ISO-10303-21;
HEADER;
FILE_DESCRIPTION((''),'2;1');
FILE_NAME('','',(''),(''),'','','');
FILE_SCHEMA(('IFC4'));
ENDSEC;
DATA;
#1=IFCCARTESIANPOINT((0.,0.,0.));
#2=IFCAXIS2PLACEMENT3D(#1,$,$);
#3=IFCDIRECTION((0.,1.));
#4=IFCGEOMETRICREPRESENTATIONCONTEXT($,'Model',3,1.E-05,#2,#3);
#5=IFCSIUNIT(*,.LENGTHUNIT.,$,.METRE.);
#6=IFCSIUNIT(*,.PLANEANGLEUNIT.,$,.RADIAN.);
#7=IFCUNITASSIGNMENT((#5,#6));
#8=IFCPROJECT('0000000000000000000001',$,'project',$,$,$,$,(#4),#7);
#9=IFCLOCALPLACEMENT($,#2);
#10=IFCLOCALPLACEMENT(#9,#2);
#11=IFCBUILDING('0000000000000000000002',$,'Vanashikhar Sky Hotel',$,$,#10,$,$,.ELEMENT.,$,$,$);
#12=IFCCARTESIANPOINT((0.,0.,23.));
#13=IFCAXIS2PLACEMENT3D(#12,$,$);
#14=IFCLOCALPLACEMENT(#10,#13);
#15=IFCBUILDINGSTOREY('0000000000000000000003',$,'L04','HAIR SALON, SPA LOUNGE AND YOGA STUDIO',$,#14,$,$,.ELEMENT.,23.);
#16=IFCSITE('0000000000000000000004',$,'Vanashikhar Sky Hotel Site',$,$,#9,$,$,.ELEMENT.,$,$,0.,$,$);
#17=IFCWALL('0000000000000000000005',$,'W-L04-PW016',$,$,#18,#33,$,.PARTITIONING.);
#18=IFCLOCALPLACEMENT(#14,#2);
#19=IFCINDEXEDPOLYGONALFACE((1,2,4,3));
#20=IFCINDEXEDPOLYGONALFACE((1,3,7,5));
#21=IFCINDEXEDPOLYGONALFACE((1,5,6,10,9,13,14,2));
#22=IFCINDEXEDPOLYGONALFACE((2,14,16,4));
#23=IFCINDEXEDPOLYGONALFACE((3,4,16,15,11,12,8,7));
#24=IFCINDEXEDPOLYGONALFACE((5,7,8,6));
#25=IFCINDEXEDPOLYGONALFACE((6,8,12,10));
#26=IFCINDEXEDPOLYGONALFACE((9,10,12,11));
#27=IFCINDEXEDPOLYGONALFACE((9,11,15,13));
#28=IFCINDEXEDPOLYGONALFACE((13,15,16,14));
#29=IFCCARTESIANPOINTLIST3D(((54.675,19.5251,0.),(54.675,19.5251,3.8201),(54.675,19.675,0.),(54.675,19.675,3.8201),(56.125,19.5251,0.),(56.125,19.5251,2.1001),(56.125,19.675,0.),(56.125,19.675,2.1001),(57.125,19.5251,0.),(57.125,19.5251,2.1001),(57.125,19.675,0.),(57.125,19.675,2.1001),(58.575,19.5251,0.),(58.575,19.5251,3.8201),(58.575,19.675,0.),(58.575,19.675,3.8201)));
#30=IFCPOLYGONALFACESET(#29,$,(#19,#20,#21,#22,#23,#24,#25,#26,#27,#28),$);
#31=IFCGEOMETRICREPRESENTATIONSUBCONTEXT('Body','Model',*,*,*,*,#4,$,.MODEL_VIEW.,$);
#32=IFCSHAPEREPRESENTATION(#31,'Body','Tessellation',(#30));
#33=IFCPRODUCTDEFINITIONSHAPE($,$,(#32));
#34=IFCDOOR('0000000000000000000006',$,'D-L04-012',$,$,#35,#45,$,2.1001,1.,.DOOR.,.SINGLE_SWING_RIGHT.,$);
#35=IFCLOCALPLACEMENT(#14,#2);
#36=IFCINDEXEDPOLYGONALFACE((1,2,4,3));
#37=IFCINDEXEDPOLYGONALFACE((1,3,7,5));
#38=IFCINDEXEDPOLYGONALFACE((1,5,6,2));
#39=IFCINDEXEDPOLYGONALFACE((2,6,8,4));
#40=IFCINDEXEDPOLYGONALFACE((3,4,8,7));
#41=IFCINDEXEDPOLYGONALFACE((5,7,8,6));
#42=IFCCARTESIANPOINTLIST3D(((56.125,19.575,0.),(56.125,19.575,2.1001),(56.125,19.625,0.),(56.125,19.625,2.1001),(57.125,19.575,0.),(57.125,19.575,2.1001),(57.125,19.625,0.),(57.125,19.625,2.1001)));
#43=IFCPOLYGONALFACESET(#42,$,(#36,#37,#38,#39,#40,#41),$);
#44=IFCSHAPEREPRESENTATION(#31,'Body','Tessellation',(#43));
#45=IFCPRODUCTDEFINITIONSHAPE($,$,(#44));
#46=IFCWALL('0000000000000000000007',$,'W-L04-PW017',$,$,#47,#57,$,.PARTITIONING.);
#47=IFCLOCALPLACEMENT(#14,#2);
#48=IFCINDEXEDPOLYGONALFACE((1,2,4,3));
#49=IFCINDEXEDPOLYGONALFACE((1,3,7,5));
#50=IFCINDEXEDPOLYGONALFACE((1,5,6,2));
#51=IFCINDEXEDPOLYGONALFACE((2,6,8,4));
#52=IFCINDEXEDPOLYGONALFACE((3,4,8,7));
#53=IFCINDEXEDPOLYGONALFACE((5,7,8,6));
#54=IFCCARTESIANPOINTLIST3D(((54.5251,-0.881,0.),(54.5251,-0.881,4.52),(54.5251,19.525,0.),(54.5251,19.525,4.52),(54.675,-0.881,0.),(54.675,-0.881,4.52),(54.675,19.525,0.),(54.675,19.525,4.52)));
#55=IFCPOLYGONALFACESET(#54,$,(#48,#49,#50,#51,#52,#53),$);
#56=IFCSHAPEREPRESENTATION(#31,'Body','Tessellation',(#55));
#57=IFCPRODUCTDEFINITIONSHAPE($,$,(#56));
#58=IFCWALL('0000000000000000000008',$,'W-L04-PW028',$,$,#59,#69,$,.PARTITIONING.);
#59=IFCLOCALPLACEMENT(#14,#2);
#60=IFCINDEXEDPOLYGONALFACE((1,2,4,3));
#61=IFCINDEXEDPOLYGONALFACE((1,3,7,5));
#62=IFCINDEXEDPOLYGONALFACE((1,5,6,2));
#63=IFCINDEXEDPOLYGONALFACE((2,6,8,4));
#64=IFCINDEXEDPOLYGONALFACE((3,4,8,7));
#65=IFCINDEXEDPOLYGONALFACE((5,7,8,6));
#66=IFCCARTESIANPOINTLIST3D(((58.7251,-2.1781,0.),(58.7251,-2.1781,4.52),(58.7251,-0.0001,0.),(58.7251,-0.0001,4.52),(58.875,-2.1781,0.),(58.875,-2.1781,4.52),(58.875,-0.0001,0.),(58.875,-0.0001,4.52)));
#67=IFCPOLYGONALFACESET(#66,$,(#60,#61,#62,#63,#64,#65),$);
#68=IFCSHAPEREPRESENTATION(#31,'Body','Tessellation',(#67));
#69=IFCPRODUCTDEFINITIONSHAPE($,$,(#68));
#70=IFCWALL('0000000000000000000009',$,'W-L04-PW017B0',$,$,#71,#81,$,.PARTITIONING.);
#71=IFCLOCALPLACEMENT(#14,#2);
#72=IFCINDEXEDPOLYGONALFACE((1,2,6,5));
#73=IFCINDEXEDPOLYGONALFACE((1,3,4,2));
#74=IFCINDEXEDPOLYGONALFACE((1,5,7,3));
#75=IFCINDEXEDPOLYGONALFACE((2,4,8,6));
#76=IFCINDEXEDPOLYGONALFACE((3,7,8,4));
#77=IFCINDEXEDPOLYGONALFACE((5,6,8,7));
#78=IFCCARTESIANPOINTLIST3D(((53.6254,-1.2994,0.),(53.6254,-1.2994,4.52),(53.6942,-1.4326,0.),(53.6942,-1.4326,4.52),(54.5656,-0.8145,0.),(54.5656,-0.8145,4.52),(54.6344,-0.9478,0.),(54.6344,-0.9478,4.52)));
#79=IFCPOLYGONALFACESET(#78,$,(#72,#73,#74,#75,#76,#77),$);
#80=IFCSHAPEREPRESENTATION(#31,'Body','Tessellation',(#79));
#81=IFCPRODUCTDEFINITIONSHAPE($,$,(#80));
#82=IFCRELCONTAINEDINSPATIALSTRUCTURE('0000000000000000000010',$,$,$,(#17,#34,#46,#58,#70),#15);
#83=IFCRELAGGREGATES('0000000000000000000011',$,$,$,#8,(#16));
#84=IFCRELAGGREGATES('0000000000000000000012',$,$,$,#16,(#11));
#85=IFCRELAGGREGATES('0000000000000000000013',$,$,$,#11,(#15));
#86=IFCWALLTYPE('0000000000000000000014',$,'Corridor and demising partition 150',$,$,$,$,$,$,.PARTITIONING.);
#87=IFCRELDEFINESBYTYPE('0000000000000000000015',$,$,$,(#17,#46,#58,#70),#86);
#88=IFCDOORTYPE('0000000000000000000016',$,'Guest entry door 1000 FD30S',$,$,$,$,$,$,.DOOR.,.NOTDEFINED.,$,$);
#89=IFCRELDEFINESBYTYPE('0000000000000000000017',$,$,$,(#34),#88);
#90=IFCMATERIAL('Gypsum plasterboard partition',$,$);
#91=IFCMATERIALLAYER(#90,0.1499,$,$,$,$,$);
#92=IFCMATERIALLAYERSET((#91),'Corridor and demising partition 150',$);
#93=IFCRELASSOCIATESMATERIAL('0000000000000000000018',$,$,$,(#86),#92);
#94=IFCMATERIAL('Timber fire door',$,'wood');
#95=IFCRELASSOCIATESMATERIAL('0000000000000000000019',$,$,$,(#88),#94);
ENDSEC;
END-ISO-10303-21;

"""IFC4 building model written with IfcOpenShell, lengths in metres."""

from ifc_helpers import new_model, si_unit, direction, frame, frame_2d, origin, place, context, subcontext, project, spatial, rectangle, extrude, source, transform, mapped, material, layer, layer_set, type_object, element, fill, save


model = new_model("IFC4")

# Units and contexts
model_context = context("Model", 3, precision=1e-05, world=origin(), true_north=direction((0.0, 1.0)))
body_context = subcontext(model_context, "Body", "Model", "MODEL_VIEW")
ifc_project = project(units=[si_unit("LENGTHUNIT", "METRE"), si_unit("PLANEANGLEUNIT", "RADIAN")], contexts=[model_context])

# Site, building, storey
site_placement = place(None, origin())
site = spatial("IfcSite", under=ifc_project, at=site_placement, Name="Vanashikhar Sky Hotel Site", CompositionType="ELEMENT", RefElevation=0.0)
building_placement = place(site_placement, origin())
building = spatial("IfcBuilding", under=site, at=building_placement, Name="Vanashikhar Sky Hotel", CompositionType="ELEMENT")
storey_placement = place(building_placement, frame((0.0, 0.0, 23.0)))
storey = spatial("IfcBuildingStorey", under=building, at=storey_placement, Name="L04", Description="HAIR SALON, SPA LOUNGE AND YOGA STUDIO", CompositionType="ELEMENT", Elevation=23.0)

# Wall, opening, door
ifc_material_1 = material(Name="Gypsum plasterboard partition")
ifc_layer_1 = layer(ifc_material_1, 0.1499)
ifc_layer_set_1 = layer_set([ifc_layer_1], Name="Corridor and demising partition 150")
wall_type_1 = type_object("IfcWallType", Name="Corridor and demising partition 150", PredefinedType="PARTITIONING", material=ifc_layer_set_1)
shared_shape_1 = source(origin(), body_context, "Body", "SweptSolid", [
    extrude(rectangle(XDim=3.8999, YDim=0.1499, at=frame_2d((1.95, 0.0))), origin(), (0.0, 0.0, 1.0), 3.8201),
])
shared_shape_2 = source(origin(), body_context, "Body", "SweptSolid", [
    extrude(rectangle(XDim=1.0, YDim=2.1001, at=frame_2d((0.5, 1.05))), frame((0.0, 0.085, 0.0), z_axis=(0.0, -1.0, 0.0), x_axis=(1.0, 0.0, 0.0)), (0.0, 0.0, 1.0), 0.1699),
])
ifc_material_2 = material(Name="Timber fire door", Category="wood")
door_type = type_object("IfcDoorType", Name="Guest entry door 1000 FD30S", OperationType="NOTDEFINED", PredefinedType="DOOR", material=ifc_material_2)
shared_shape_3 = source(origin(), body_context, "Body", "SweptSolid", [
    extrude(rectangle(XDim=1.0, YDim=2.1001, at=frame_2d((0.5, 1.05))), frame((0.0, 0.0249, 0.0), z_axis=(0.0, -1.0, 0.0), x_axis=(1.0, 0.0, 0.0)), (0.0, 0.0, 1.0), 0.05),
])
wall_1_placement = place(storey_placement, frame((54.675, 19.6001, 0.0), z_axis=(0.0, 0.0, 1.0), x_axis=(1.0, 0.0, 0.0)))
wall_1 = element("IfcWall", 1, at=wall_1_placement, inside=storey, type_object=wall_type_1, Name="W-L04-PW016", PredefinedType="PARTITIONING", context=body_context, shape_type="MappedRepresentation", body=[
    mapped(shared_shape_1, transform((0.0, 0.0, 0.0), scale=1.0)),
])
opening_1_placement = place(wall_1_placement, frame((1.45, 0.0, 0.0)))
opening_1 = element("IfcOpeningElement", 2, at=opening_1_placement, cuts=wall_1, PredefinedType="OPENING", context=body_context, shape_type="MappedRepresentation", body=[
    mapped(shared_shape_2, transform((0.0, 0.0, 0.0), scale=1.0)),
])
door_1_placement = place(opening_1_placement, origin())
door_1 = element("IfcDoor", 3, at=door_1_placement, inside=storey, type_object=door_type, Name="D-L04-012", OperationType="SINGLE_SWING_RIGHT", OverallHeight=2.1001, OverallWidth=1.0, PredefinedType="DOOR", context=body_context, shape_type="MappedRepresentation", body=[
    mapped(shared_shape_3, transform((0.0, 0.0, 0.0), scale=1.0)),
])
fill(opening_1, door_1)

# Walls
shared_shape_4 = source(origin(), body_context, "Body", "SweptSolid", [
    extrude(rectangle(XDim=20.406, YDim=0.1499, at=frame_2d((10.2031, 0.0))), origin(), (0.0, 0.0, 1.0), 4.52),
])
wall_2_placement = place(storey_placement, frame((54.6001, -0.8811, 0.0), z_axis=(0.0, 0.0, 1.0), x_axis=(0.0, 1.0, 0.0)))
element("IfcWall", 4, at=wall_2_placement, inside=storey, type_object=wall_type_1, Name="W-L04-PW017", PredefinedType="PARTITIONING", context=body_context, shape_type="MappedRepresentation", body=[
    mapped(shared_shape_4, transform((0.0, 0.0, 0.0), scale=1.0)),
])
shared_shape_5 = source(origin(), body_context, "Body", "SweptSolid", [
    extrude(rectangle(XDim=2.178, YDim=0.1499, at=frame_2d((1.0889, 0.0))), origin(), (0.0, 0.0, 1.0), 4.52),
])
wall_3_placement = place(storey_placement, frame((58.8, -2.178, 0.0), z_axis=(0.0, 0.0, 1.0), x_axis=(0.0, 1.0, 0.0)))
element("IfcWall", 5, at=wall_3_placement, inside=storey, type_object=wall_type_1, Name="W-L04-PW028", PredefinedType="PARTITIONING", context=body_context, shape_type="MappedRepresentation", body=[
    mapped(shared_shape_5, transform((0.0, 0.0, 0.0), scale=1.0)),
])
shared_shape_6 = source(origin(), body_context, "Body", "SweptSolid", [
    extrude(rectangle(XDim=1.0579, YDim=0.1499, at=frame_2d((0.5288, 0.0))), origin(), (0.0, 0.0, 1.0), 4.52),
])
wall_4_placement = place(storey_placement, frame((53.6599, -1.366, 0.0), z_axis=(0.0, 0.0, 1.0), x_axis=(0.888772, 0.458349, 0.0)))
element("IfcWall", 6, at=wall_4_placement, inside=storey, type_object=wall_type_1, Name="W-L04-PW017B0", PredefinedType="PARTITIONING", context=body_context, shape_type="MappedRepresentation", body=[
    mapped(shared_shape_6, transform((0.0, 0.0, 0.0), scale=1.0)),
])

save(model, "model.ifc")
